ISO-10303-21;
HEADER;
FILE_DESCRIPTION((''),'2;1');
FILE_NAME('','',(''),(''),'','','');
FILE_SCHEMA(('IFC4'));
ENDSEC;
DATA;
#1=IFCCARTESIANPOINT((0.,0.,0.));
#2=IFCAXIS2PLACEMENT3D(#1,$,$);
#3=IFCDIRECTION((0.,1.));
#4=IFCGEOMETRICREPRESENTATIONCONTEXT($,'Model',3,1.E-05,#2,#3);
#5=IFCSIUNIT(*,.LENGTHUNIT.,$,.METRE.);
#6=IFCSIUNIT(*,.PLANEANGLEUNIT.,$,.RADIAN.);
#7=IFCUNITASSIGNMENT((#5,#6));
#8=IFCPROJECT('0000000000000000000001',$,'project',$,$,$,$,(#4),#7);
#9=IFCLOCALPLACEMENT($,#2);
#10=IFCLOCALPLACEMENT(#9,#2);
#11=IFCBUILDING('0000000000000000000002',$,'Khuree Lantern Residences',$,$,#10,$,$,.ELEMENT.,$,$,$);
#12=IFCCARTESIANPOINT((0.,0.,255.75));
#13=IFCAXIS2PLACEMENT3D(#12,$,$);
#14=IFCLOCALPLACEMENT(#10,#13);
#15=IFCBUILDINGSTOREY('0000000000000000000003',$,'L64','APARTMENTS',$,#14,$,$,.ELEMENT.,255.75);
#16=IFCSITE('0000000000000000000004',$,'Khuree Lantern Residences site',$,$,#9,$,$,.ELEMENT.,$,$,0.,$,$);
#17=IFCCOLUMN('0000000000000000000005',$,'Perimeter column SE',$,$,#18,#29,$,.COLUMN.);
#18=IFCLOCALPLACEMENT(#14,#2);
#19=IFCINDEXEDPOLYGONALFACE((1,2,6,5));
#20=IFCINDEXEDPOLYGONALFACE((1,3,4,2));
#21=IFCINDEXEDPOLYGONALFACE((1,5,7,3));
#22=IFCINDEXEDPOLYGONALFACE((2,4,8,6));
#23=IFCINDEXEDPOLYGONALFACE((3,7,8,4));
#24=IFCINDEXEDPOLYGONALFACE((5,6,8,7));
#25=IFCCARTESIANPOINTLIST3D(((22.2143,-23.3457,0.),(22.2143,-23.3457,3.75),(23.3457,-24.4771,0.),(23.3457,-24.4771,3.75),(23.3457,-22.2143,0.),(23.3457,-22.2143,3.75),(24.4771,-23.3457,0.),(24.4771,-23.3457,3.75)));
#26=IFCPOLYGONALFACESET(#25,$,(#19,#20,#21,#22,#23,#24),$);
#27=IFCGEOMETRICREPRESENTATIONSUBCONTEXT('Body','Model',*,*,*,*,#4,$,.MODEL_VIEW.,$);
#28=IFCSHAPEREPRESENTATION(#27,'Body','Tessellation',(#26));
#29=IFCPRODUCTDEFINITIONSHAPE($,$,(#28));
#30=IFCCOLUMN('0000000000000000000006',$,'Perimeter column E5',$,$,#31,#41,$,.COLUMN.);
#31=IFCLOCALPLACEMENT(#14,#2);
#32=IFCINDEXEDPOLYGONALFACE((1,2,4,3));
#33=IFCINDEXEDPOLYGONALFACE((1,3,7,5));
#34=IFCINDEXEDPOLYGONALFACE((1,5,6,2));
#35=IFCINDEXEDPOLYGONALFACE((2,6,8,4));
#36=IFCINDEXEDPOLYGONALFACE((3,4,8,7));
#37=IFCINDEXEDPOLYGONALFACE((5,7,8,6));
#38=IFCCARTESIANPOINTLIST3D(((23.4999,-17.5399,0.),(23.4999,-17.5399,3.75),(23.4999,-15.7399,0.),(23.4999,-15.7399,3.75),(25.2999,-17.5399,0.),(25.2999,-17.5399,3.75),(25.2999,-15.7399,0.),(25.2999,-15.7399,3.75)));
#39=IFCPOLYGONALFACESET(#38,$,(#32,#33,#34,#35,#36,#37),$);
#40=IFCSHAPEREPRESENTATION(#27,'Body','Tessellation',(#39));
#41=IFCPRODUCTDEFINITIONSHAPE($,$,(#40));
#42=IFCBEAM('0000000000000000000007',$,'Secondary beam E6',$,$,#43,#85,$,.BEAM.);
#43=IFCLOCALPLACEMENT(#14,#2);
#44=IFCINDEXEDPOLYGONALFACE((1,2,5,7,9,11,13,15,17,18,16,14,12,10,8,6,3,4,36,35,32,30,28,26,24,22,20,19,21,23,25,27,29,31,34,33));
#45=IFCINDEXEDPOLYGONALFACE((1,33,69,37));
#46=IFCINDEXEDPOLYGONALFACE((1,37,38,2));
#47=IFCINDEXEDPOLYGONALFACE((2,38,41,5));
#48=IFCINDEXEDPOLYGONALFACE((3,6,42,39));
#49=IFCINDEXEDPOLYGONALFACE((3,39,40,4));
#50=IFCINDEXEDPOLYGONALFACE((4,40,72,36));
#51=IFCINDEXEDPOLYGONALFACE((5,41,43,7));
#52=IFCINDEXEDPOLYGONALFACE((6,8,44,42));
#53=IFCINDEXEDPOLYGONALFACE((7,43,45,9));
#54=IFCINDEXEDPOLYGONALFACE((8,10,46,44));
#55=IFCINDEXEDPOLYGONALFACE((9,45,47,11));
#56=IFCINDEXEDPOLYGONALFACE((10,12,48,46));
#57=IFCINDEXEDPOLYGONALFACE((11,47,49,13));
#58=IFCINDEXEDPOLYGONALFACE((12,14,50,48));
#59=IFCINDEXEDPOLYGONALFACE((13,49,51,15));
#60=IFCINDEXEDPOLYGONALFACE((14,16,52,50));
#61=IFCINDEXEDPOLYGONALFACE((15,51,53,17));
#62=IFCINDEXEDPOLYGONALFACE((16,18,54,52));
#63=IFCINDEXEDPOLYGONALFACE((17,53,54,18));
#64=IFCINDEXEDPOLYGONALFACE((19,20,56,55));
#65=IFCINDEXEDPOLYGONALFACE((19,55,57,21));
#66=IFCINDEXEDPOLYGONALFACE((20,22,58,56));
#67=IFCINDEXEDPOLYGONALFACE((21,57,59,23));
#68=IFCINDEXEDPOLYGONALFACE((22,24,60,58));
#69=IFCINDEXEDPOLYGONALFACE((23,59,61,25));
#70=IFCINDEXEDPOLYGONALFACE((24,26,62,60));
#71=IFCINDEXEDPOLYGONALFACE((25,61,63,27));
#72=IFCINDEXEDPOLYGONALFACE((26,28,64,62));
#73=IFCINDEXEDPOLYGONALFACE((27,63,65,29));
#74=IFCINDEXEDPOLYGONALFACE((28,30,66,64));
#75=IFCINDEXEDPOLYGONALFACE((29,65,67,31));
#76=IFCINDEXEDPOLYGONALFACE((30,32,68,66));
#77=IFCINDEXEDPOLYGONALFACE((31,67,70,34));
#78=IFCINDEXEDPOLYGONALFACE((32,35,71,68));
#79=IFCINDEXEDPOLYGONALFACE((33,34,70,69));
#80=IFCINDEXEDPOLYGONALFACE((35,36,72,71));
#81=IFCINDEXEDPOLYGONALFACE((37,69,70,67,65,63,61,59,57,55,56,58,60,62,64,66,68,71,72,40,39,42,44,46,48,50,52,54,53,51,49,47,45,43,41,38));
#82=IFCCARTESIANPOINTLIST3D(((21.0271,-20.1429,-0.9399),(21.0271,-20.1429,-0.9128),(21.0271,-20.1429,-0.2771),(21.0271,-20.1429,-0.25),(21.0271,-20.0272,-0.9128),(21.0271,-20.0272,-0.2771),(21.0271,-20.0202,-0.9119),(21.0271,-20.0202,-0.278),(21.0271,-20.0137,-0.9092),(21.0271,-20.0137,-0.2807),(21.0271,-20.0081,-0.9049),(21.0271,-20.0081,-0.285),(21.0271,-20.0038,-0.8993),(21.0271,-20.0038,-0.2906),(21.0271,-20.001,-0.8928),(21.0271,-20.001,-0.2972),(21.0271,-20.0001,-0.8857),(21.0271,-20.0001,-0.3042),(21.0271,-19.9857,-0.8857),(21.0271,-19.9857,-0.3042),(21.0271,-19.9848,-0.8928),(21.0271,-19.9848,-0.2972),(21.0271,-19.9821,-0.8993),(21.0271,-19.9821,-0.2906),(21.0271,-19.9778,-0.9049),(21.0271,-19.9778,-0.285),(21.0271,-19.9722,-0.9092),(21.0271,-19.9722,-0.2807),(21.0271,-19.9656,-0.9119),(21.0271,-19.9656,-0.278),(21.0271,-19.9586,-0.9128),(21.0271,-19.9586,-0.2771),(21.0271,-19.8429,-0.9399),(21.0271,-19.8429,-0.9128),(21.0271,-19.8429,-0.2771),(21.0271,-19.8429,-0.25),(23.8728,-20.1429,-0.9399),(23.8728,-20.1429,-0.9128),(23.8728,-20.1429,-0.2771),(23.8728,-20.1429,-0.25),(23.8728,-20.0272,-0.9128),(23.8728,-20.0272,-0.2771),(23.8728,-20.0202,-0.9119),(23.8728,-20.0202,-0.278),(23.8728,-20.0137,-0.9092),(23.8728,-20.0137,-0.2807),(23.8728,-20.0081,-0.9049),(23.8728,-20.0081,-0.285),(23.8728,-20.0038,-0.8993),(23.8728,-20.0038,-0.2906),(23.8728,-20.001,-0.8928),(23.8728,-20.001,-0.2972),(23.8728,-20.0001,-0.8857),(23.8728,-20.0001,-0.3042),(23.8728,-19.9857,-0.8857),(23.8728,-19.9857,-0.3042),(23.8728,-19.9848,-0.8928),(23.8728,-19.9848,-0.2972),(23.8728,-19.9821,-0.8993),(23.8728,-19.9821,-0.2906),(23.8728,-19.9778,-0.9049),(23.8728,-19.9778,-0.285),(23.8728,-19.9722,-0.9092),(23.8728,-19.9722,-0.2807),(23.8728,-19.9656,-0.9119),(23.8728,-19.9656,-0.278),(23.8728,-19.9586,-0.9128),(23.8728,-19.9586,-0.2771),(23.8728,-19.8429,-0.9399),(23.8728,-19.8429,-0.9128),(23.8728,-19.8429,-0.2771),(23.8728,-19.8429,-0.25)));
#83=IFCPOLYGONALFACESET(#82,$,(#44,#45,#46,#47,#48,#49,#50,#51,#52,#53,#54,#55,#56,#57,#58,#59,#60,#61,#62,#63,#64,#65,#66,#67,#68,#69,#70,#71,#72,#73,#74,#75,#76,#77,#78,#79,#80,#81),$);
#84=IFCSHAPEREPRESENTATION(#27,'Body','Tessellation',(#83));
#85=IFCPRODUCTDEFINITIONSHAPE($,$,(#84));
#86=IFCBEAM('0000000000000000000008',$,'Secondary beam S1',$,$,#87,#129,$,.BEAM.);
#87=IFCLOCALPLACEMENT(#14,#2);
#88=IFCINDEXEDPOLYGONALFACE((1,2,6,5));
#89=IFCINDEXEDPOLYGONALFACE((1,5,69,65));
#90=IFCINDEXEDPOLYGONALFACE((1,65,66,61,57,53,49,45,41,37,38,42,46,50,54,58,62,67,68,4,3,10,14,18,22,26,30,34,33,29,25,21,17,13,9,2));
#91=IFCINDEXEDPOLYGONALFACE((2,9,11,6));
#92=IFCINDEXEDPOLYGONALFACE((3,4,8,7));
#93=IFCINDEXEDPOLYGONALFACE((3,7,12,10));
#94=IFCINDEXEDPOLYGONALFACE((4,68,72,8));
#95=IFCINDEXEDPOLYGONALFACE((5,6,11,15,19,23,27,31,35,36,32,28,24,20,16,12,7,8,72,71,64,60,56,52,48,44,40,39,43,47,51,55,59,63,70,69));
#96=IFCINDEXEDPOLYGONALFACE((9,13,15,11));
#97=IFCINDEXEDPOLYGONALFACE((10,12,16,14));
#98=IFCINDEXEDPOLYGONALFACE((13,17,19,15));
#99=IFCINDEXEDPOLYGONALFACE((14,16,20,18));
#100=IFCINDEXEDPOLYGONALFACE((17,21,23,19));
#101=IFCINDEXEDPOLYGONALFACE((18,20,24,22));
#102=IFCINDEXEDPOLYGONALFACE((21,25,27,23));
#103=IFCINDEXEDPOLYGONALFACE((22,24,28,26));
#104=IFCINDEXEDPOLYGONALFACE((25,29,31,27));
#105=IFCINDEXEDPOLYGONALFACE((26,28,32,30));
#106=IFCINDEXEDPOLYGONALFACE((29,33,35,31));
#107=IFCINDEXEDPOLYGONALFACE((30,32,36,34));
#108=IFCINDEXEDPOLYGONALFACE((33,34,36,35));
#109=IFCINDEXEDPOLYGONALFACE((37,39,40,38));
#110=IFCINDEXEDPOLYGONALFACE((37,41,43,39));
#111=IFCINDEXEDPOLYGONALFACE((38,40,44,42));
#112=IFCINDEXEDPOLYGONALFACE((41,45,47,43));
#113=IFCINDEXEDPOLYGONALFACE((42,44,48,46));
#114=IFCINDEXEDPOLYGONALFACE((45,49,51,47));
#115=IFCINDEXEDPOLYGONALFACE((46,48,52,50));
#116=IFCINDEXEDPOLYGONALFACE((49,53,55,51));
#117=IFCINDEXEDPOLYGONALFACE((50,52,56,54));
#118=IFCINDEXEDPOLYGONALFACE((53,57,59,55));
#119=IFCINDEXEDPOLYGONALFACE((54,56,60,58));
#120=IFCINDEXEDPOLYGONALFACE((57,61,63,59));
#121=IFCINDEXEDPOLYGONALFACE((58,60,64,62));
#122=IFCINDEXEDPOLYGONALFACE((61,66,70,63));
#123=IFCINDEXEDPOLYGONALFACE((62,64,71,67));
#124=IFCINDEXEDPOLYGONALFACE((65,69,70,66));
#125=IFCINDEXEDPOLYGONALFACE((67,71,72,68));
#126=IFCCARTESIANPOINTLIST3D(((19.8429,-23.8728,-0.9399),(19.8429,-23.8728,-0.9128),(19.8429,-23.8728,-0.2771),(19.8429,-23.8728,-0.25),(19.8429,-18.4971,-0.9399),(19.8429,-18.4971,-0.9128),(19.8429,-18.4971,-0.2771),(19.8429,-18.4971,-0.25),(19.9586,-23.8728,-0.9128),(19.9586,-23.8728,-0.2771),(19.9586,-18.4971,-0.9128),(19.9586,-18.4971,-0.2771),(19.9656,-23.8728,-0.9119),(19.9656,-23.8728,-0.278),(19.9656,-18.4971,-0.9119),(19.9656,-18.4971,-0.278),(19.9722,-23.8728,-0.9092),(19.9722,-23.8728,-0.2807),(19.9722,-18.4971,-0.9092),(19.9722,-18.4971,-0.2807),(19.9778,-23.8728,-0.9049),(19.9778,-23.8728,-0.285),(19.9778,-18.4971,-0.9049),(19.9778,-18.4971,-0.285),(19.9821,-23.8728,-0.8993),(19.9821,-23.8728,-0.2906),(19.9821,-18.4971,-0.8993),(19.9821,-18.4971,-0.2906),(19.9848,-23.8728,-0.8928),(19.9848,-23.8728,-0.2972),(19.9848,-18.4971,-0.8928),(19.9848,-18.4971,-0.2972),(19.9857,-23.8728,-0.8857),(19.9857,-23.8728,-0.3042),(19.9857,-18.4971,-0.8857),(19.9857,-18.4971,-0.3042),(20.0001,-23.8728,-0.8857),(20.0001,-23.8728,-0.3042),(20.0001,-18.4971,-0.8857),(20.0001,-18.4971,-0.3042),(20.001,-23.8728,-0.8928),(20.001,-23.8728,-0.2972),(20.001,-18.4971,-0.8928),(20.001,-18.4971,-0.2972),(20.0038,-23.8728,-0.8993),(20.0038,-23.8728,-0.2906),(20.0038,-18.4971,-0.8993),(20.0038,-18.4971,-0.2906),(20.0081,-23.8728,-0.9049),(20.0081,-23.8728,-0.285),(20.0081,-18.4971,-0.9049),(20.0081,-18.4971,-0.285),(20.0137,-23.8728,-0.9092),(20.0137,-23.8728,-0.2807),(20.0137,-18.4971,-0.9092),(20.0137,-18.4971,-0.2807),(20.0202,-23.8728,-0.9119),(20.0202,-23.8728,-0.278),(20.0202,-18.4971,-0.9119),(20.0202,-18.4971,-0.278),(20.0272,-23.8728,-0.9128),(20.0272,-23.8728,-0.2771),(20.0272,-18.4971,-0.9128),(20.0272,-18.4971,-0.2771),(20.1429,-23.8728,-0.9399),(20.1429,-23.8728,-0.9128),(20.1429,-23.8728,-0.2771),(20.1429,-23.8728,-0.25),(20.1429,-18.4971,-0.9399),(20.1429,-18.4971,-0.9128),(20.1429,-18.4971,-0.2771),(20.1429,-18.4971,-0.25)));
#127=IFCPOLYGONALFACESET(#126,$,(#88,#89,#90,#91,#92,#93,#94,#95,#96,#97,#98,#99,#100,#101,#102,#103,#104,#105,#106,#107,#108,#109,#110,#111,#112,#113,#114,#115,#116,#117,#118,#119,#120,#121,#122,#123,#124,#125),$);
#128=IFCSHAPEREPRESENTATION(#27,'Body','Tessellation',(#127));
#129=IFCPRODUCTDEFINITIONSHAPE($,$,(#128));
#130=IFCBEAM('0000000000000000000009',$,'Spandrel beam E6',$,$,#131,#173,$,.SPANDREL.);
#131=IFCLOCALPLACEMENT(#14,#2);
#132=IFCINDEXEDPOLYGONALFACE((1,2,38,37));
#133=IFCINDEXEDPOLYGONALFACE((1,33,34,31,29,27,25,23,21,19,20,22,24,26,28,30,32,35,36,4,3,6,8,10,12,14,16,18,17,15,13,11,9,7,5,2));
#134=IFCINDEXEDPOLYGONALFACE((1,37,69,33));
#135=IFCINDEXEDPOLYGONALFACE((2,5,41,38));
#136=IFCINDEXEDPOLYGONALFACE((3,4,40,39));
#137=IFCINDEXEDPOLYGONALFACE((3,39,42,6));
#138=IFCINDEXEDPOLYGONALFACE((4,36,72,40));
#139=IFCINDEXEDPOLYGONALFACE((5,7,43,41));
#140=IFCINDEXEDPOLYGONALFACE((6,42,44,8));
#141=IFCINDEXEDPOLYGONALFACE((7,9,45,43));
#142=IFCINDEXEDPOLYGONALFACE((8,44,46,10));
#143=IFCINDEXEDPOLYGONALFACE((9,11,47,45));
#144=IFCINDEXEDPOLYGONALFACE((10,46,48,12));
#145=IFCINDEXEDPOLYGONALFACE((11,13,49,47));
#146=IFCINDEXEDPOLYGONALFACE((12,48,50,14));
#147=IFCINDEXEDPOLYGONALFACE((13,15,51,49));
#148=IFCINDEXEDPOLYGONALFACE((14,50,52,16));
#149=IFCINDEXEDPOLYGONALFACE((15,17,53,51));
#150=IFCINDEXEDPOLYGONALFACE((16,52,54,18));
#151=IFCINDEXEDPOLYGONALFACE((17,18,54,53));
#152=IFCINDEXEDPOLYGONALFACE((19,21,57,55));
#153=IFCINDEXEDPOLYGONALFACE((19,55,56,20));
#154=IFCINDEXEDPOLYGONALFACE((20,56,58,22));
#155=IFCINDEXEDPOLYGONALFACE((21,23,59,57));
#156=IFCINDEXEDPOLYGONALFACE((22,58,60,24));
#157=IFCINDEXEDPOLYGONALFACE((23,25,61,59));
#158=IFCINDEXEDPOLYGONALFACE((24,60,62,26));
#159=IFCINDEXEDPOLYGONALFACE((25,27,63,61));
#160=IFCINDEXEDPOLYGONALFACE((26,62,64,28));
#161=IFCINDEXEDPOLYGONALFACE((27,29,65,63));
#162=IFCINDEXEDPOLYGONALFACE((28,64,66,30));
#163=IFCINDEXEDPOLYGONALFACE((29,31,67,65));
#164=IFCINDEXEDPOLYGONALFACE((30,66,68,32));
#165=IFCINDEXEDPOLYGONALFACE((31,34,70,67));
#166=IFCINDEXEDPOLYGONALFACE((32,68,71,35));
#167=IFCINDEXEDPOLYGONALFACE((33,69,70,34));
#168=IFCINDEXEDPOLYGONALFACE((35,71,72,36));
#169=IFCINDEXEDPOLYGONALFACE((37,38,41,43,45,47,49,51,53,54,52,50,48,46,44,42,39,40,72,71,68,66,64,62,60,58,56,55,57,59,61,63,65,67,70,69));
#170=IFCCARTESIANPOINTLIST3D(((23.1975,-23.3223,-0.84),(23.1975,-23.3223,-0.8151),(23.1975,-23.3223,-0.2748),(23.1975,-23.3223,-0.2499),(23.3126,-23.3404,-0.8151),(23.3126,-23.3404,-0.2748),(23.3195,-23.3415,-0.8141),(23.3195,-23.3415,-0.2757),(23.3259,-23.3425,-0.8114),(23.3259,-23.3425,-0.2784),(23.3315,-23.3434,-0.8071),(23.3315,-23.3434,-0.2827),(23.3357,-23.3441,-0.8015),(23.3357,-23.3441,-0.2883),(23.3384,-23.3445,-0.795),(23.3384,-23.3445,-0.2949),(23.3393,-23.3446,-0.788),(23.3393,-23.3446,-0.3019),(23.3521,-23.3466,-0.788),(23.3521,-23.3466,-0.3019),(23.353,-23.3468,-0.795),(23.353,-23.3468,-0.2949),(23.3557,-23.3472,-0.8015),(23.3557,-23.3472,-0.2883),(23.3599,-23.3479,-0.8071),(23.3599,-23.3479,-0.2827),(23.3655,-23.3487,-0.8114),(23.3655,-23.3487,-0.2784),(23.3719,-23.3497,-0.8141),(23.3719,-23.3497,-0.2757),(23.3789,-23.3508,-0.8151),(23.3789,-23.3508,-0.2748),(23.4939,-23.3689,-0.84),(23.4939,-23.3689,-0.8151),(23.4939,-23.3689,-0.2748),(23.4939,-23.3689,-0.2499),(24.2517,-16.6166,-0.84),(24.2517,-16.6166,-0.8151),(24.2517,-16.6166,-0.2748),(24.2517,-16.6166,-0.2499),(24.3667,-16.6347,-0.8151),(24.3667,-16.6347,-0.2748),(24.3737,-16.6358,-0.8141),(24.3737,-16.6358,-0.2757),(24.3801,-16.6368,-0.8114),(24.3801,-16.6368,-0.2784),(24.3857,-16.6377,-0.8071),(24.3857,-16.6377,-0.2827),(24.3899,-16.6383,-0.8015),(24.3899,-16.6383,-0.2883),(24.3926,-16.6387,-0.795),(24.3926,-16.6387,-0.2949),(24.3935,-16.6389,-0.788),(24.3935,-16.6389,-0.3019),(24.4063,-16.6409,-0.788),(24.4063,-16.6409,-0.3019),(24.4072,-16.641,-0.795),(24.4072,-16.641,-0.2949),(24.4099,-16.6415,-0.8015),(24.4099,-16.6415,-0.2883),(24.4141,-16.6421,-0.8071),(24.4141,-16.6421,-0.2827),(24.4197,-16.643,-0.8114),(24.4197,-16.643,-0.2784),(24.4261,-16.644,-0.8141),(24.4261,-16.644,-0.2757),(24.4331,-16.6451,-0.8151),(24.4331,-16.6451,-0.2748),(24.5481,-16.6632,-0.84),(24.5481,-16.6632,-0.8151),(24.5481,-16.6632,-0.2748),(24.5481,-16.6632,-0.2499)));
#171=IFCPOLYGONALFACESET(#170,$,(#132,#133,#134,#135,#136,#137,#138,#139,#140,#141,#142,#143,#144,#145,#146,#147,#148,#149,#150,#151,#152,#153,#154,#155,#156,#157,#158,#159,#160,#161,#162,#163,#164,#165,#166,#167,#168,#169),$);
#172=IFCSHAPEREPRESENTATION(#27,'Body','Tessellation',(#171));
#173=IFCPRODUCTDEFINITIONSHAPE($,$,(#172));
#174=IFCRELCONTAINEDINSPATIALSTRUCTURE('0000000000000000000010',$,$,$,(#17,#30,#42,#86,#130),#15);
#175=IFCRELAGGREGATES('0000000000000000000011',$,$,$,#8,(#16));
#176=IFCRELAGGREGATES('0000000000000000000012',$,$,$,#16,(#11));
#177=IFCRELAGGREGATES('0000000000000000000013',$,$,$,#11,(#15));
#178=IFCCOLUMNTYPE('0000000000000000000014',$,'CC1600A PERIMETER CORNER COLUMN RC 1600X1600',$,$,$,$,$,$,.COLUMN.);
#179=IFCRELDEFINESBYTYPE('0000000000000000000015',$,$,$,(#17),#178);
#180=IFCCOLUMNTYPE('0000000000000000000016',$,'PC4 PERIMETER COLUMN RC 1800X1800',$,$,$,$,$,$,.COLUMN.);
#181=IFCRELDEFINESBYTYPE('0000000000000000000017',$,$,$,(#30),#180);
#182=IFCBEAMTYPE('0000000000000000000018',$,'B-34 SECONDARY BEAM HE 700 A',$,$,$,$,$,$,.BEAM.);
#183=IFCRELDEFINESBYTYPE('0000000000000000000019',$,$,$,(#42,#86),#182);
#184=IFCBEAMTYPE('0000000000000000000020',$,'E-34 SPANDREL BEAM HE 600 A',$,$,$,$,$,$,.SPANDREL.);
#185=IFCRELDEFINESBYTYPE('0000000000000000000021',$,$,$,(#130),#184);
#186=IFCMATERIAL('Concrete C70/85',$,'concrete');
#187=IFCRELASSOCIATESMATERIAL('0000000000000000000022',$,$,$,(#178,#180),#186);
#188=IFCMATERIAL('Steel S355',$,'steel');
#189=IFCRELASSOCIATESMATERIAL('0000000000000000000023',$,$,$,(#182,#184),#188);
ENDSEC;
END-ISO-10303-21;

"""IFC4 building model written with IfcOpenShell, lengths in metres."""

from ifc_helpers import new_model, si_unit, direction, frame, origin, origin_2d, place, context, subcontext, project, spatial, rectangle, i_section, extrude, material, material_profile, profile_set, type_object, element, save


model = new_model("IFC4")

# Units and contexts
model_context = context("Model", 3, precision=1e-05, world=origin(), true_north=direction((0.0, 1.0)))
body_context = subcontext(model_context, "Body", "Model", "MODEL_VIEW")
ifc_project = project(units=[si_unit("LENGTHUNIT", "METRE"), si_unit("PLANEANGLEUNIT", "RADIAN")], contexts=[model_context])

# Site, building, storey
site_placement = place(None, origin())
site = spatial("IfcSite", under=ifc_project, at=site_placement, Name="Khuree Lantern Residences site", CompositionType="ELEMENT", RefElevation=0.0)
building_placement = place(site_placement, origin())
building = spatial("IfcBuilding", under=site, at=building_placement, Name="Khuree Lantern Residences", CompositionType="ELEMENT")
storey_placement = place(building_placement, frame((0.0, 0.0, 255.75)))
storey = spatial("IfcBuildingStorey", under=building, at=storey_placement, Name="L64", Description="APARTMENTS", CompositionType="ELEMENT", Elevation=255.75)

# Columns
ifc_material_1 = material(Name="Concrete C70/85", Category="concrete")
ifc_material_profile_1 = material_profile(ifc_material_1, rectangle(XDim=1.6001, YDim=1.6001, at=origin_2d()), Name="RC 1600X1600")
ifc_profile_set_1 = profile_set([ifc_material_profile_1], Name="Concrete C70/85")
column_type_1 = type_object("IfcColumnType", Name="CC1600A PERIMETER CORNER COLUMN RC 1600X1600", PredefinedType="COLUMN", material=ifc_profile_set_1)
column_1_placement = place(storey_placement, frame((23.3457, -23.3457, 0.0), z_axis=(0.0, 0.0, 1.0), x_axis=(0.707107, 0.707107, 0.0)))
element("IfcColumn", 1, at=column_1_placement, inside=storey, type_object=column_type_1, Name="Perimeter column SE", PredefinedType="COLUMN", context=body_context, shape_type="SweptSolid", body=[
    extrude(rectangle(XDim=1.6001, YDim=1.6001, at=origin_2d()), origin(), (0.0, 0.0, 1.0), 3.75),
])
ifc_material_profile_2 = material_profile(ifc_material_1, rectangle(XDim=1.8, YDim=1.8, at=origin_2d()), Name="RC 1800X1800")
ifc_profile_set_2 = profile_set([ifc_material_profile_2], Name="Concrete C70/85")
column_type_2 = type_object("IfcColumnType", Name="PC4 PERIMETER COLUMN RC 1800X1800", PredefinedType="COLUMN", material=ifc_profile_set_2)
column_2_placement = place(storey_placement, frame((24.3999, -16.6399, 0.0), z_axis=(0.0, 0.0, 1.0), x_axis=(0.0, 1.0, 0.0)))
element("IfcColumn", 2, at=column_2_placement, inside=storey, type_object=column_type_2, Name="Perimeter column E5", PredefinedType="COLUMN", context=body_context, shape_type="SweptSolid", body=[
    extrude(rectangle(XDim=1.8, YDim=1.8, at=origin_2d()), origin(), (0.0, 0.0, 1.0), 3.75),
])

# Beams
ifc_material_2 = material(Name="Steel S355", Category="steel")
ifc_material_profile_3 = material_profile(ifc_material_2, i_section(OverallWidth=0.3, OverallDepth=0.6899, WebThickness=0.0144, FlangeThickness=0.0271, FilletRadius=0.0271, at=origin_2d()), Name="HE 700 A")
ifc_profile_set_3 = profile_set([ifc_material_profile_3], Name="Steel S355")
beam_type_1 = type_object("IfcBeamType", Name="B-34 SECONDARY BEAM HE 700 A", PredefinedType="BEAM", material=ifc_profile_set_3)
beam_1_placement = place(storey_placement, frame((23.8728, -19.9929, -0.595), z_axis=(-1.0, 0.0, 0.0), x_axis=(0.0, -1.0, 0.0)))
element("IfcBeam", 3, at=beam_1_placement, inside=storey, type_object=beam_type_1, Name="Secondary beam E6", PredefinedType="BEAM", context=body_context, shape_type="SweptSolid", body=[
    extrude(i_section(OverallWidth=0.3, OverallDepth=0.6899, WebThickness=0.0144, FlangeThickness=0.0271, FilletRadius=0.0271, at=origin_2d()), origin(), (0.0, 0.0, 1.0), 2.8457),
])
beam_2_placement = place(storey_placement, frame((19.9929, -23.8728, -0.595), z_axis=(0.0, 1.0, 0.0), x_axis=(-1.0, 0.0, 0.0)))
element("IfcBeam", 4, at=beam_2_placement, inside=storey, type_object=beam_type_1, Name="Secondary beam S1", PredefinedType="BEAM", context=body_context, shape_type="SweptSolid", body=[
    extrude(i_section(OverallWidth=0.3, OverallDepth=0.6899, WebThickness=0.0144, FlangeThickness=0.0271, FilletRadius=0.0271, at=origin_2d()), origin(), (0.0, 0.0, 1.0), 5.3757),
])
ifc_material_profile_4 = material_profile(ifc_material_2, i_section(OverallWidth=0.3, OverallDepth=0.5901, WebThickness=0.0129, FlangeThickness=0.0249, FilletRadius=0.0271, at=origin_2d()), Name="HE 600 A")
ifc_profile_set_4 = profile_set([ifc_material_profile_4], Name="Steel S355")
beam_type_2 = type_object("IfcBeamType", Name="E-34 SPANDREL BEAM HE 600 A", PredefinedType="SPANDREL", material=ifc_profile_set_4)
for number, where, z_axis, x_axis, name in (
    (5, (24.3999, -16.6399, -0.5449), (-0.1553, -0.987867, 0.0), (0.987867, -0.1553, 0.0), "Spandrel beam E6"),
):
    element("IfcBeam", number, at=place(storey_placement, frame(where, z_axis=z_axis, x_axis=x_axis)), inside=storey, type_object=beam_type_2, Name=name, PredefinedType="SPANDREL", context=body_context, shape_type="SweptSolid", body=[
        extrude(i_section(OverallWidth=0.3, OverallDepth=0.5901, WebThickness=0.0129, FlangeThickness=0.0249, FilletRadius=0.0271, at=origin_2d()), origin(), (0.0, 0.0, 1.0), 6.7881),
    ])

save(model, "model.ifc")
